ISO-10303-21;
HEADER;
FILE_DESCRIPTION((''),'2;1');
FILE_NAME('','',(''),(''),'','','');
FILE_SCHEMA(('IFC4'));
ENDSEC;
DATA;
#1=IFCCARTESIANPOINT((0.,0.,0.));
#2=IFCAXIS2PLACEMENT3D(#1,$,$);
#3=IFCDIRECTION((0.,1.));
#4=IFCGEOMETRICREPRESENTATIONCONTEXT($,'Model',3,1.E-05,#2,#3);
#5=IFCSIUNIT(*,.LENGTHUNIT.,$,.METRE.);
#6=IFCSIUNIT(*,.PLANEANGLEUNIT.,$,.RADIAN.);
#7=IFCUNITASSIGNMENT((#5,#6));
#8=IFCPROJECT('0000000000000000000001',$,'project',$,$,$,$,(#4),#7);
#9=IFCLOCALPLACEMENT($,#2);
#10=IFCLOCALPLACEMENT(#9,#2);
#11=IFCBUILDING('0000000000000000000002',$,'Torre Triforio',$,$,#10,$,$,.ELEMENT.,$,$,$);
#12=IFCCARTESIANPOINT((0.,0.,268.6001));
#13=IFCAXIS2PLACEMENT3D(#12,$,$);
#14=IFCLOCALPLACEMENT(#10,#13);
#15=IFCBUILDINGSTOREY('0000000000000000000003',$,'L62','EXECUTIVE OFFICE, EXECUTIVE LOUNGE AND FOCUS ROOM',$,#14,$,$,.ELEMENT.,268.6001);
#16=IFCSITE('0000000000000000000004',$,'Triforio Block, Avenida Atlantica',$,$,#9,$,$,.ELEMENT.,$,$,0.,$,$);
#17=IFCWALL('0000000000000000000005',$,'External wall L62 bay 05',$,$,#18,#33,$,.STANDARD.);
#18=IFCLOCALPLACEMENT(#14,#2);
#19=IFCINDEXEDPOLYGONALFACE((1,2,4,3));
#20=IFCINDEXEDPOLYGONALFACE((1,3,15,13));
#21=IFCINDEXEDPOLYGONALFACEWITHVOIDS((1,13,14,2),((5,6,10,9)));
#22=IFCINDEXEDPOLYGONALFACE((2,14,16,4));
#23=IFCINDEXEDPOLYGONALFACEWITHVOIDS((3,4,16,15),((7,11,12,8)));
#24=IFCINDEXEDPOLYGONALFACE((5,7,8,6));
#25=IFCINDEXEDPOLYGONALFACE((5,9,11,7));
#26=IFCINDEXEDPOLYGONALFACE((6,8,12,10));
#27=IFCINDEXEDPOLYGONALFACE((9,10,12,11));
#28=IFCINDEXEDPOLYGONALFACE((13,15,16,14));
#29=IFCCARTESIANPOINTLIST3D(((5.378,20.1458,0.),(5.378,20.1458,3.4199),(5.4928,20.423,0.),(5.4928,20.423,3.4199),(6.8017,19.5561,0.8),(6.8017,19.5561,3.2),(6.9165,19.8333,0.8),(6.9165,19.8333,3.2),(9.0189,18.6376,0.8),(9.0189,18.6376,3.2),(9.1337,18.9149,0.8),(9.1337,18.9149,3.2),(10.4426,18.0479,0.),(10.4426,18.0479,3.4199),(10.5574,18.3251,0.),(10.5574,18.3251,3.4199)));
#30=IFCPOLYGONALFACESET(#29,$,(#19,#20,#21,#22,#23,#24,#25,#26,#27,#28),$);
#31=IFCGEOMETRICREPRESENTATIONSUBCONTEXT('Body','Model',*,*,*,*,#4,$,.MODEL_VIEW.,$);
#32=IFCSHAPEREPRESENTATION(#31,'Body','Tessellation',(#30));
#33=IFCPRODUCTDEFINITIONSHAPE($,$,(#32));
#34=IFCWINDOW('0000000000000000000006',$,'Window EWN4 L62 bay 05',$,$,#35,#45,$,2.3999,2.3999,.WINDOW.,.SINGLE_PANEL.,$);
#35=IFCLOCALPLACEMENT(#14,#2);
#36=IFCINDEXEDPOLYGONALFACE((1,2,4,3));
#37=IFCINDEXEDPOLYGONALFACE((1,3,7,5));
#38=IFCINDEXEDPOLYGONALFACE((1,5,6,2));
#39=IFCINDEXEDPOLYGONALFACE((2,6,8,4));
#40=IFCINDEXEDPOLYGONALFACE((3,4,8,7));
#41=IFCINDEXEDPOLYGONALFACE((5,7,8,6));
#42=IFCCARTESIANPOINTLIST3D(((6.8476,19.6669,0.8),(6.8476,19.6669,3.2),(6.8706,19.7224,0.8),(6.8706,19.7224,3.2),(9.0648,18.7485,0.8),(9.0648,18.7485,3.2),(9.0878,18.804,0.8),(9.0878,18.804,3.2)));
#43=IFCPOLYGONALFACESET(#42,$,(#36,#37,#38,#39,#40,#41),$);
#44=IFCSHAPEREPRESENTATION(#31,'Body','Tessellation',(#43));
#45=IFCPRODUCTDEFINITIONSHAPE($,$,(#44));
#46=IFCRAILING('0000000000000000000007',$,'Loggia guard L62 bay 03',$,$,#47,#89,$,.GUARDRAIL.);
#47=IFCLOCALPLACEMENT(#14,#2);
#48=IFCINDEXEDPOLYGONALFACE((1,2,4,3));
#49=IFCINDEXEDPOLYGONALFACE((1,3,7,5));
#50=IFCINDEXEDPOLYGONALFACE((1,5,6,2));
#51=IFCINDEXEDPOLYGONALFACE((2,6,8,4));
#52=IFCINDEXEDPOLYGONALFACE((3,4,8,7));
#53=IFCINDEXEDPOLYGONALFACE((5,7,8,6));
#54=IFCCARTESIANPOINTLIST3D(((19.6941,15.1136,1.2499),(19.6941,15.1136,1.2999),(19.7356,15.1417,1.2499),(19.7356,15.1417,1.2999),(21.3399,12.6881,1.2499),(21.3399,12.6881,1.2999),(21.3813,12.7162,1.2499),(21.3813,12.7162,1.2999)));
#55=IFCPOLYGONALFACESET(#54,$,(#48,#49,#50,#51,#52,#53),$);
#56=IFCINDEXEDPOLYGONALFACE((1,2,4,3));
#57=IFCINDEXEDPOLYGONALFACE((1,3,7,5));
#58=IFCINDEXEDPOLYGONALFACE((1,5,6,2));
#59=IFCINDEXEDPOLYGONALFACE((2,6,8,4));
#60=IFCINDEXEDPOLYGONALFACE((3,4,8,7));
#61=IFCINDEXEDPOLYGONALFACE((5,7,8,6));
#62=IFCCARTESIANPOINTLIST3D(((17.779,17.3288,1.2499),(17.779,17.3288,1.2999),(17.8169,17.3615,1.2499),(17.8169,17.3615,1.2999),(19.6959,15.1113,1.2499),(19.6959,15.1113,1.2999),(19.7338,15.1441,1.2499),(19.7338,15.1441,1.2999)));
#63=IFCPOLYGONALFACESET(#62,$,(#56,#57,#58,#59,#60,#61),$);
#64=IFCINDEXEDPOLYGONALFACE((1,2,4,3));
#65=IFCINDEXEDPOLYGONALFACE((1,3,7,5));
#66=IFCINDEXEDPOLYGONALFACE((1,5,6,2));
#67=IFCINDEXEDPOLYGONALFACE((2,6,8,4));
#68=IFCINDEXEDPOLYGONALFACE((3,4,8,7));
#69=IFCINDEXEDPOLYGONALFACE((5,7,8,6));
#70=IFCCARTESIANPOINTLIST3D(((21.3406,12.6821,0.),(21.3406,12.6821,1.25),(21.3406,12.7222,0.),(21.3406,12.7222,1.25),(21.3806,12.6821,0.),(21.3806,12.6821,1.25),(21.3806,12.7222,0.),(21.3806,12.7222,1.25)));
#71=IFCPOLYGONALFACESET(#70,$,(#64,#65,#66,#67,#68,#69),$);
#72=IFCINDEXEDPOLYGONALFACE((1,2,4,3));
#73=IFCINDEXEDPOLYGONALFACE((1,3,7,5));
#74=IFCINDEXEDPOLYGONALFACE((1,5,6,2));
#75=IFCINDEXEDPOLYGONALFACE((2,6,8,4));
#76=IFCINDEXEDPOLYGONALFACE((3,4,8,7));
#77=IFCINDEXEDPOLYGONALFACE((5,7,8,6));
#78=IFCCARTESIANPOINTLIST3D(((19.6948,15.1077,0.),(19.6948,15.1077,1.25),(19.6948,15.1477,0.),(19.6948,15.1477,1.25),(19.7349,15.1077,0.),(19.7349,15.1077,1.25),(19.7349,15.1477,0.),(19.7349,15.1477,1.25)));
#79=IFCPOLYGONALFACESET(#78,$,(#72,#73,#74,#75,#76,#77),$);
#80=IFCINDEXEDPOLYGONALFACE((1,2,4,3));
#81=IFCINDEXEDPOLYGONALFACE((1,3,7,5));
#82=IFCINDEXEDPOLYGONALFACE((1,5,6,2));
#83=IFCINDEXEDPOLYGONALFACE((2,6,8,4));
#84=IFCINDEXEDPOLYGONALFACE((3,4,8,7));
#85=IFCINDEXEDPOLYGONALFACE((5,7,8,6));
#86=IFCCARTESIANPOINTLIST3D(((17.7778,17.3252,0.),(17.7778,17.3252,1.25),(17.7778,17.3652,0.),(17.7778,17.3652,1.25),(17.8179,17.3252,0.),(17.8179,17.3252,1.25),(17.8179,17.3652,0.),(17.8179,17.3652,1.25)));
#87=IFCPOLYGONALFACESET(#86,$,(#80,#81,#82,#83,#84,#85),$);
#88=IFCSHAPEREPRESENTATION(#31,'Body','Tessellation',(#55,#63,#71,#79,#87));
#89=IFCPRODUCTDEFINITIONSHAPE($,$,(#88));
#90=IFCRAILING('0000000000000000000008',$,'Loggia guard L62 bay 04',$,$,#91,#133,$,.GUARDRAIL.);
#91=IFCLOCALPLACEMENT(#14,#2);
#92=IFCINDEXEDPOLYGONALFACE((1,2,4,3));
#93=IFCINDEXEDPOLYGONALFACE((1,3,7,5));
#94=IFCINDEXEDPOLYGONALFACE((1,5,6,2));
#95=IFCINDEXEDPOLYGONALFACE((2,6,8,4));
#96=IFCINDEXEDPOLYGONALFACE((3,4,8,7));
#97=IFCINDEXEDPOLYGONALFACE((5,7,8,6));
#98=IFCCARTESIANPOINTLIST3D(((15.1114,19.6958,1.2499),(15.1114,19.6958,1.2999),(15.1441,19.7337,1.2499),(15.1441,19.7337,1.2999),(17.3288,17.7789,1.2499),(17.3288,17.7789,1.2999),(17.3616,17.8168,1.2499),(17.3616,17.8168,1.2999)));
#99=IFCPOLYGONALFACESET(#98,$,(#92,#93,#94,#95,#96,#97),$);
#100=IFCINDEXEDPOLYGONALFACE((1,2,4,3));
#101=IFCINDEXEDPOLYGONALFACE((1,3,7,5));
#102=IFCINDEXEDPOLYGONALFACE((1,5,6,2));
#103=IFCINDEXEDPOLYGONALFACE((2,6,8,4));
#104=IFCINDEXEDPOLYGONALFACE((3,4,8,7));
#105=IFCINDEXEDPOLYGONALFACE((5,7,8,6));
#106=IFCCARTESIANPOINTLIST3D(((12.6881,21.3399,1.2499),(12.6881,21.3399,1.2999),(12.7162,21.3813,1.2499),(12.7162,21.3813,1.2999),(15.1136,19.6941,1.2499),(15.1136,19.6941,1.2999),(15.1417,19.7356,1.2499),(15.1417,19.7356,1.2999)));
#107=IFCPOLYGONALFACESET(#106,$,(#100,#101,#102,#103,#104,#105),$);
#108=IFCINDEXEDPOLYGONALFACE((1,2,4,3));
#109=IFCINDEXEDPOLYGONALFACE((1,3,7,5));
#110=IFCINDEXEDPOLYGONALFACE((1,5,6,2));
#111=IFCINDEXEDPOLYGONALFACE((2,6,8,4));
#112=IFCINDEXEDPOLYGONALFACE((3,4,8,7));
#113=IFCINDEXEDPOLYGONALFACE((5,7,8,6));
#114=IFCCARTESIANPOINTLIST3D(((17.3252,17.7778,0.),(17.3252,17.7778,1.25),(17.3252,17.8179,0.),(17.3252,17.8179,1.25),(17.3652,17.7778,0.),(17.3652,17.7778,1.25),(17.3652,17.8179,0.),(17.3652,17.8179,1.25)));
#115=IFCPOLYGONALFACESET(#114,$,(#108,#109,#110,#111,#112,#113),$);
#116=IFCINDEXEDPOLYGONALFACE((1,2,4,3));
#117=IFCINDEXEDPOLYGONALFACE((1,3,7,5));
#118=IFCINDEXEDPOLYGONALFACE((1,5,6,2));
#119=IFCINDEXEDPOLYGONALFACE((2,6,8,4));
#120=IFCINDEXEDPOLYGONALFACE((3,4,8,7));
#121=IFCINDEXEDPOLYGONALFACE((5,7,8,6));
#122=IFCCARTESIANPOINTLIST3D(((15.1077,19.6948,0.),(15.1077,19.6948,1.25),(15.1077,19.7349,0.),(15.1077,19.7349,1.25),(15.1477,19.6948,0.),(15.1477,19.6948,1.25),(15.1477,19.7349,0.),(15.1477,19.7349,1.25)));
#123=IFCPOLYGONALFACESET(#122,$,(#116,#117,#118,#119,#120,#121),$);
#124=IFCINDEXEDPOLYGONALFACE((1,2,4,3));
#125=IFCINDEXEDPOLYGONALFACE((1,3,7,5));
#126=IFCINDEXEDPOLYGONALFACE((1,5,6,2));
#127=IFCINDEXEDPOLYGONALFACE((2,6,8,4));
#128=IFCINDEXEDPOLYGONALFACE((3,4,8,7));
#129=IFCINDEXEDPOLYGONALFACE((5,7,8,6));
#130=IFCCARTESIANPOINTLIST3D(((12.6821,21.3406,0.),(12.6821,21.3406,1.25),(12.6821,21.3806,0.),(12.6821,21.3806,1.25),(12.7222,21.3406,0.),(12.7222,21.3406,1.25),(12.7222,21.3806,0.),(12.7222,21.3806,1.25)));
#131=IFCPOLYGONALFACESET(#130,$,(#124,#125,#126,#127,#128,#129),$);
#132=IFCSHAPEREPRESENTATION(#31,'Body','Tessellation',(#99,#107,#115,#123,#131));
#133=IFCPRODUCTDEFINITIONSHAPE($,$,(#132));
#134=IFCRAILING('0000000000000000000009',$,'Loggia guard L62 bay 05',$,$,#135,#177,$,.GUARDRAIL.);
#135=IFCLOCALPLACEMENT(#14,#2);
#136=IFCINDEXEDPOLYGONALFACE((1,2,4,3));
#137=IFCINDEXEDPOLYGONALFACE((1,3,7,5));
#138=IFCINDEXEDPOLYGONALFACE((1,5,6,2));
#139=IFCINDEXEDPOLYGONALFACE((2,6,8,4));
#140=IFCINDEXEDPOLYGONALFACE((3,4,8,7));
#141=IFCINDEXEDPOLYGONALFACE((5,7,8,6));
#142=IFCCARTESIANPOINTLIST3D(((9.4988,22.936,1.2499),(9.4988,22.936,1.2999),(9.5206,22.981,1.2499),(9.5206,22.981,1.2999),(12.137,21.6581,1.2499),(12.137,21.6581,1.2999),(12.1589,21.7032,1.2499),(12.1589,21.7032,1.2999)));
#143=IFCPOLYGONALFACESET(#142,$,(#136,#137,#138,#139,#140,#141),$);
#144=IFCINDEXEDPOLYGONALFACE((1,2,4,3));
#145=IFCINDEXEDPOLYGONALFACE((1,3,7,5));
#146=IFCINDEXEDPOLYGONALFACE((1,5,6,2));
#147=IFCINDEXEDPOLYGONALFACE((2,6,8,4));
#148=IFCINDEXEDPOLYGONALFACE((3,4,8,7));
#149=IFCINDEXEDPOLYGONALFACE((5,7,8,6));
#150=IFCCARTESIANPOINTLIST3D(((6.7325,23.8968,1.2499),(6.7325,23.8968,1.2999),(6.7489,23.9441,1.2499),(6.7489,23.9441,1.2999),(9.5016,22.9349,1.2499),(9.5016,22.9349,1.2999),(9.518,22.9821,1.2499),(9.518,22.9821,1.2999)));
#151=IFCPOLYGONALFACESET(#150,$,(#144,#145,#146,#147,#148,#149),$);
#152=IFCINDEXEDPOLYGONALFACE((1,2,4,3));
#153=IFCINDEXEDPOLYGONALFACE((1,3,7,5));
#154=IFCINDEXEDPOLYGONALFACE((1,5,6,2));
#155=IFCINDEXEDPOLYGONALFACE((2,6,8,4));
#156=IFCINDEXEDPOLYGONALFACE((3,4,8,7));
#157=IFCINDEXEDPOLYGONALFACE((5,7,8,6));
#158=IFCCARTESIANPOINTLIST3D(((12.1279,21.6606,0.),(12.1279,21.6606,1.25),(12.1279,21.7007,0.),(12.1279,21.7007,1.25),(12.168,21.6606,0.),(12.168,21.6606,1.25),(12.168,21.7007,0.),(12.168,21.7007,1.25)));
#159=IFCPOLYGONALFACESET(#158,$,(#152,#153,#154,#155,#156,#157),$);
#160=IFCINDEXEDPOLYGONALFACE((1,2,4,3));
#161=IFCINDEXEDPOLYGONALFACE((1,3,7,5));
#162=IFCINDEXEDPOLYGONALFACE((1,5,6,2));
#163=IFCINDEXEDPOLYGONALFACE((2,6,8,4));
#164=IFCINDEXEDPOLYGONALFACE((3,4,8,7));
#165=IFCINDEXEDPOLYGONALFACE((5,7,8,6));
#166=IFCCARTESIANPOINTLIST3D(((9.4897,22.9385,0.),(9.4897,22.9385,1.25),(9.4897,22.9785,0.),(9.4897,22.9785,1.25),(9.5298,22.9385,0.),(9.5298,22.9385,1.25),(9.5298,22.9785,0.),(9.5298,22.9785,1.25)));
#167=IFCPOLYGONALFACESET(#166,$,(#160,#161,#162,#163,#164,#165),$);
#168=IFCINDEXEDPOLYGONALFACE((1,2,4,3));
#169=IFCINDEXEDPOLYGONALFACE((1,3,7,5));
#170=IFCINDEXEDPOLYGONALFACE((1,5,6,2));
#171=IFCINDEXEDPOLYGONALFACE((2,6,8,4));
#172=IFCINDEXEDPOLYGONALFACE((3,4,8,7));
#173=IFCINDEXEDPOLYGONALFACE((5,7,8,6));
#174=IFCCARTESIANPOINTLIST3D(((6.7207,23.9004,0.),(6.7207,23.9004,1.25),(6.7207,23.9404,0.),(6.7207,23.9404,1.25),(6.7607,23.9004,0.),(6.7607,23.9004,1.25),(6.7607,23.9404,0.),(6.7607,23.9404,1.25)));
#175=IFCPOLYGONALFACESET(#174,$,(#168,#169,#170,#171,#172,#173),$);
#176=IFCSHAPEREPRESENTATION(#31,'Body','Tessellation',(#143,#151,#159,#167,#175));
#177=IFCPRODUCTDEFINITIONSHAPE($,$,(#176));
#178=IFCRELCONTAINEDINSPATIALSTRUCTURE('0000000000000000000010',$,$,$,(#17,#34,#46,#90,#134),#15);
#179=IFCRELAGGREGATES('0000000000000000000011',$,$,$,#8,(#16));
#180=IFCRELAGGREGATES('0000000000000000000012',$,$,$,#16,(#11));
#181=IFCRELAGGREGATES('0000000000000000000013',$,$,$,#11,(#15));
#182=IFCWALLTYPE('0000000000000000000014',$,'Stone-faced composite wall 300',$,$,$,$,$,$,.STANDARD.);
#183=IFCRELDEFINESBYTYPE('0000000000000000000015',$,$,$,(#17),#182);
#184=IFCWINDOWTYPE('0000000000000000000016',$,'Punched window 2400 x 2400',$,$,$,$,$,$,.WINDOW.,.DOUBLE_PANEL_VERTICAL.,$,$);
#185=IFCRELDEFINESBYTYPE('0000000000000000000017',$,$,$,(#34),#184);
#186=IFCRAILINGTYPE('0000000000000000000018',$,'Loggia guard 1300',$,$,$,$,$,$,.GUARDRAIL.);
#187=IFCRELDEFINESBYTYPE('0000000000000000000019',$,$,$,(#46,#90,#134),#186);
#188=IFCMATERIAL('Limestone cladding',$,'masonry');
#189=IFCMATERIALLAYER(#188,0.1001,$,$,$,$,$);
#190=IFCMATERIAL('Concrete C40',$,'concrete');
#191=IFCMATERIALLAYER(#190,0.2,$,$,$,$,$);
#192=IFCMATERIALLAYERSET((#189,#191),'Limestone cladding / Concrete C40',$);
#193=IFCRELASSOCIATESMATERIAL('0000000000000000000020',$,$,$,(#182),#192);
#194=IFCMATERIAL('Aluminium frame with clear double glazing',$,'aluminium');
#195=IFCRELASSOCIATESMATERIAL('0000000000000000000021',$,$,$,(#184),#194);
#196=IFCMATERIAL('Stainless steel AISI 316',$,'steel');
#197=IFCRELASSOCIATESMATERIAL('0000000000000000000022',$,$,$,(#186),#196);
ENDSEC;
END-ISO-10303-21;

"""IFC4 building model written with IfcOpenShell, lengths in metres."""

from ifc_helpers import new_model, si_unit, direction, frame, frame_2d, origin, origin_2d, place, context, subcontext, project, spatial, rectangle, extrude, material, layer, layer_set, type_object, element, fill, save


model = new_model("IFC4")

# Units and contexts
model_context = context("Model", 3, precision=1e-05, world=origin(), true_north=direction((0.0, 1.0)))
body_context = subcontext(model_context, "Body", "Model", "MODEL_VIEW")
ifc_project = project(units=[si_unit("LENGTHUNIT", "METRE"), si_unit("PLANEANGLEUNIT", "RADIAN")], contexts=[model_context])

# Site, building, storey
site_placement = place(None, origin())
site = spatial("IfcSite", under=ifc_project, at=site_placement, Name="Triforio Block, Avenida Atlantica", CompositionType="ELEMENT", RefElevation=0.0)
building_placement = place(site_placement, origin())
building = spatial("IfcBuilding", under=site, at=building_placement, Name="Torre Triforio", CompositionType="ELEMENT")
storey_placement = place(building_placement, frame((0.0, 0.0, 268.6001)))
storey = spatial("IfcBuildingStorey", under=building, at=storey_placement, Name="L62", Description="EXECUTIVE OFFICE, EXECUTIVE LOUNGE AND FOCUS ROOM", CompositionType="ELEMENT", Elevation=268.6001)

# Shared definitions
ifc_material_1 = material(Name="Concrete C40", Category="concrete")

# Shared definitions
ifc_material_2 = material(Name="Limestone cladding", Category="masonry")

# Shared definitions
ifc_layer_1 = layer(ifc_material_2, 0.1001)
ifc_layer_2 = layer(ifc_material_1, 0.2)
ifc_layer_set_1 = layer_set([ifc_layer_1, ifc_layer_2], Name="Limestone cladding / Concrete C40")
wall_type_1 = type_object("IfcWallType", Name="Stone-faced composite wall 300", PredefinedType="STANDARD", material=ifc_layer_set_1)
ifc_material_3 = material(Name="Aluminium frame with clear double glazing", Category="aluminium")
window_type_1 = type_object("IfcWindowType", Name="Punched window 2400 x 2400", PartitioningType="DOUBLE_PANEL_VERTICAL", PredefinedType="WINDOW", material=ifc_material_3)

# Wall, opening, window
wall_1_placement = place(storey_placement, frame((10.5, 18.1865, 0.0), z_axis=(0.0, 0.0, 1.0), x_axis=(-0.923877, 0.382689, 0.0)))
wall_1 = element("IfcWall", 1, at=wall_1_placement, inside=storey, type_object=wall_type_1, Name="External wall L62 bay 05", PredefinedType="STANDARD", context=body_context, shape_type="SweptSolid", body=[
    extrude(rectangle(XDim=5.4819, YDim=0.3, at=frame_2d((2.741, 0.0))), origin(), (0.0, 0.0, 1.0), 3.4199),
])
opening_1_placement = place(wall_1_placement, frame((1.541, 0.0, 0.8)))
opening_1 = element("IfcOpeningElement", 2, at=opening_1_placement, cuts=wall_1, PredefinedType="OPENING", context=body_context, shape_type="SweptSolid", body=[
    extrude(rectangle(XDim=2.3999, YDim=2.3999, at=frame_2d((1.2, 1.2))), frame((0.0, 0.1599, 0.0), z_axis=(0.0, -1.0, 0.0), x_axis=(1.0, 0.0, 0.0)), (0.0, 0.0, 1.0), 0.3201),
])
window_1_placement = place(opening_1_placement, origin())
window_1 = element("IfcWindow", 3, at=window_1_placement, inside=storey, type_object=window_type_1, Name="Window EWN4 L62 bay 05", OverallHeight=2.3999, OverallWidth=2.3999, PartitioningType="SINGLE_PANEL", PredefinedType="WINDOW", context=body_context, shape_type="SweptSolid", body=[
    extrude(rectangle(XDim=2.3999, YDim=2.3999, at=frame_2d((1.2, 1.2))), frame((0.0, 0.03, 0.0), z_axis=(0.0, -1.0, 0.0), x_axis=(1.0, 0.0, 0.0)), (0.0, 0.0, 1.0), 0.0601),
])
fill(opening_1, window_1)

# Railings
ifc_material_4 = material(Name="Stainless steel AISI 316", Category="steel")
railing_type = type_object("IfcRailingType", Name="Loggia guard 1300", PredefinedType="GUARDRAIL", material=ifc_material_4)
railing_1_placement = place(storey_placement, frame((21.3606, 12.7021, 0.0)))
element("IfcRailing", 4, at=railing_1_placement, inside=storey, type_object=railing_type, Name="Loggia guard L62 bay 03", PredefinedType="GUARDRAIL", context=body_context, shape_type="SweptSolid", body=[
    extrude(rectangle(XDim=0.05, YDim=0.05, at=origin_2d()), frame((0.0, 0.0, 1.2749), z_axis=(-0.561467, 0.827499, 0.0), x_axis=(-0.827499, -0.561467, 0.0)), (0.0, 0.0, 1.0), 2.9312),
    extrude(rectangle(XDim=0.05, YDim=0.05, at=origin_2d()), frame((-1.6458, 2.4255, 1.2749), z_axis=(-0.653982, 0.75651, 0.0), x_axis=(-0.75651, -0.653982, 0.0)), (0.0, 0.0, 1.0), 2.9312),
    extrude(rectangle(XDim=0.04, YDim=0.04, at=origin_2d()), origin(), (0.0, 0.0, 1.0), 1.25),
    extrude(rectangle(XDim=0.04, YDim=0.04, at=origin_2d()), frame((-1.6458, 2.4255, 0.0)), (0.0, 0.0, 1.0), 1.25),
    extrude(rectangle(XDim=0.04, YDim=0.04, at=origin_2d()), frame((-3.5627, 4.6431, 0.0)), (0.0, 0.0, 1.0), 1.25),
])
railing_2_placement = place(storey_placement, frame((17.3452, 17.7979, 0.0)))
element("IfcRailing", 5, at=railing_2_placement, inside=storey, type_object=railing_type, Name="Loggia guard L62 bay 04", PredefinedType="GUARDRAIL", context=body_context, shape_type="SweptSolid", body=[
    extrude(rectangle(XDim=0.05, YDim=0.05, at=origin_2d()), frame((0.0, 0.0, 1.2749), z_axis=(-0.75651, 0.653982, 0.0), x_axis=(-0.653982, -0.75651, 0.0)), (0.0, 0.0, 1.0), 2.9312),
    extrude(rectangle(XDim=0.05, YDim=0.05, at=origin_2d()), frame((-2.2175, 1.917, 1.2749), z_axis=(-0.827499, 0.561467, 0.0), x_axis=(-0.561467, -0.827499, 0.0)), (0.0, 0.0, 1.0), 2.9312),
    extrude(rectangle(XDim=0.04, YDim=0.04, at=origin_2d()), origin(), (0.0, 0.0, 1.0), 1.25),
    extrude(rectangle(XDim=0.04, YDim=0.04, at=origin_2d()), frame((-2.2175, 1.917, 0.0)), (0.0, 0.0, 1.0), 1.25),
    extrude(rectangle(XDim=0.04, YDim=0.04, at=origin_2d()), frame((-4.6431, 3.5627, 0.0)), (0.0, 0.0, 1.0), 1.25),
])
railing_3_placement = place(storey_placement, frame((12.1479, 21.6807, 0.0)))
element("IfcRailing", 6, at=railing_3_placement, inside=storey, type_object=railing_type, Name="Loggia guard L62 bay 05", PredefinedType="GUARDRAIL", context=body_context, shape_type="SweptSolid", body=[
    extrude(rectangle(XDim=0.05, YDim=0.05, at=origin_2d()), frame((0.0, 0.0, 1.2749), z_axis=(-0.899986, 0.435918, 0.0), x_axis=(-0.435918, -0.899986, 0.0)), (0.0, 0.0, 1.0), 2.9314),
    extrude(rectangle(XDim=0.05, YDim=0.05, at=origin_2d()), frame((-2.6382, 1.2778, 1.2749), z_axis=(-0.944627, 0.328146, 0.0), x_axis=(-0.328146, -0.944627, 0.0)), (0.0, 0.0, 1.0), 2.9314),
    extrude(rectangle(XDim=0.04, YDim=0.04, at=origin_2d()), origin(), (0.0, 0.0, 1.0), 1.25),
    extrude(rectangle(XDim=0.04, YDim=0.04, at=origin_2d()), frame((-2.6382, 1.2778, 0.0)), (0.0, 0.0, 1.0), 1.25),
    extrude(rectangle(XDim=0.04, YDim=0.04, at=origin_2d()), frame((-5.4072, 2.2397, 0.0)), (0.0, 0.0, 1.0), 1.25),
])

save(model, "model.ifc")
